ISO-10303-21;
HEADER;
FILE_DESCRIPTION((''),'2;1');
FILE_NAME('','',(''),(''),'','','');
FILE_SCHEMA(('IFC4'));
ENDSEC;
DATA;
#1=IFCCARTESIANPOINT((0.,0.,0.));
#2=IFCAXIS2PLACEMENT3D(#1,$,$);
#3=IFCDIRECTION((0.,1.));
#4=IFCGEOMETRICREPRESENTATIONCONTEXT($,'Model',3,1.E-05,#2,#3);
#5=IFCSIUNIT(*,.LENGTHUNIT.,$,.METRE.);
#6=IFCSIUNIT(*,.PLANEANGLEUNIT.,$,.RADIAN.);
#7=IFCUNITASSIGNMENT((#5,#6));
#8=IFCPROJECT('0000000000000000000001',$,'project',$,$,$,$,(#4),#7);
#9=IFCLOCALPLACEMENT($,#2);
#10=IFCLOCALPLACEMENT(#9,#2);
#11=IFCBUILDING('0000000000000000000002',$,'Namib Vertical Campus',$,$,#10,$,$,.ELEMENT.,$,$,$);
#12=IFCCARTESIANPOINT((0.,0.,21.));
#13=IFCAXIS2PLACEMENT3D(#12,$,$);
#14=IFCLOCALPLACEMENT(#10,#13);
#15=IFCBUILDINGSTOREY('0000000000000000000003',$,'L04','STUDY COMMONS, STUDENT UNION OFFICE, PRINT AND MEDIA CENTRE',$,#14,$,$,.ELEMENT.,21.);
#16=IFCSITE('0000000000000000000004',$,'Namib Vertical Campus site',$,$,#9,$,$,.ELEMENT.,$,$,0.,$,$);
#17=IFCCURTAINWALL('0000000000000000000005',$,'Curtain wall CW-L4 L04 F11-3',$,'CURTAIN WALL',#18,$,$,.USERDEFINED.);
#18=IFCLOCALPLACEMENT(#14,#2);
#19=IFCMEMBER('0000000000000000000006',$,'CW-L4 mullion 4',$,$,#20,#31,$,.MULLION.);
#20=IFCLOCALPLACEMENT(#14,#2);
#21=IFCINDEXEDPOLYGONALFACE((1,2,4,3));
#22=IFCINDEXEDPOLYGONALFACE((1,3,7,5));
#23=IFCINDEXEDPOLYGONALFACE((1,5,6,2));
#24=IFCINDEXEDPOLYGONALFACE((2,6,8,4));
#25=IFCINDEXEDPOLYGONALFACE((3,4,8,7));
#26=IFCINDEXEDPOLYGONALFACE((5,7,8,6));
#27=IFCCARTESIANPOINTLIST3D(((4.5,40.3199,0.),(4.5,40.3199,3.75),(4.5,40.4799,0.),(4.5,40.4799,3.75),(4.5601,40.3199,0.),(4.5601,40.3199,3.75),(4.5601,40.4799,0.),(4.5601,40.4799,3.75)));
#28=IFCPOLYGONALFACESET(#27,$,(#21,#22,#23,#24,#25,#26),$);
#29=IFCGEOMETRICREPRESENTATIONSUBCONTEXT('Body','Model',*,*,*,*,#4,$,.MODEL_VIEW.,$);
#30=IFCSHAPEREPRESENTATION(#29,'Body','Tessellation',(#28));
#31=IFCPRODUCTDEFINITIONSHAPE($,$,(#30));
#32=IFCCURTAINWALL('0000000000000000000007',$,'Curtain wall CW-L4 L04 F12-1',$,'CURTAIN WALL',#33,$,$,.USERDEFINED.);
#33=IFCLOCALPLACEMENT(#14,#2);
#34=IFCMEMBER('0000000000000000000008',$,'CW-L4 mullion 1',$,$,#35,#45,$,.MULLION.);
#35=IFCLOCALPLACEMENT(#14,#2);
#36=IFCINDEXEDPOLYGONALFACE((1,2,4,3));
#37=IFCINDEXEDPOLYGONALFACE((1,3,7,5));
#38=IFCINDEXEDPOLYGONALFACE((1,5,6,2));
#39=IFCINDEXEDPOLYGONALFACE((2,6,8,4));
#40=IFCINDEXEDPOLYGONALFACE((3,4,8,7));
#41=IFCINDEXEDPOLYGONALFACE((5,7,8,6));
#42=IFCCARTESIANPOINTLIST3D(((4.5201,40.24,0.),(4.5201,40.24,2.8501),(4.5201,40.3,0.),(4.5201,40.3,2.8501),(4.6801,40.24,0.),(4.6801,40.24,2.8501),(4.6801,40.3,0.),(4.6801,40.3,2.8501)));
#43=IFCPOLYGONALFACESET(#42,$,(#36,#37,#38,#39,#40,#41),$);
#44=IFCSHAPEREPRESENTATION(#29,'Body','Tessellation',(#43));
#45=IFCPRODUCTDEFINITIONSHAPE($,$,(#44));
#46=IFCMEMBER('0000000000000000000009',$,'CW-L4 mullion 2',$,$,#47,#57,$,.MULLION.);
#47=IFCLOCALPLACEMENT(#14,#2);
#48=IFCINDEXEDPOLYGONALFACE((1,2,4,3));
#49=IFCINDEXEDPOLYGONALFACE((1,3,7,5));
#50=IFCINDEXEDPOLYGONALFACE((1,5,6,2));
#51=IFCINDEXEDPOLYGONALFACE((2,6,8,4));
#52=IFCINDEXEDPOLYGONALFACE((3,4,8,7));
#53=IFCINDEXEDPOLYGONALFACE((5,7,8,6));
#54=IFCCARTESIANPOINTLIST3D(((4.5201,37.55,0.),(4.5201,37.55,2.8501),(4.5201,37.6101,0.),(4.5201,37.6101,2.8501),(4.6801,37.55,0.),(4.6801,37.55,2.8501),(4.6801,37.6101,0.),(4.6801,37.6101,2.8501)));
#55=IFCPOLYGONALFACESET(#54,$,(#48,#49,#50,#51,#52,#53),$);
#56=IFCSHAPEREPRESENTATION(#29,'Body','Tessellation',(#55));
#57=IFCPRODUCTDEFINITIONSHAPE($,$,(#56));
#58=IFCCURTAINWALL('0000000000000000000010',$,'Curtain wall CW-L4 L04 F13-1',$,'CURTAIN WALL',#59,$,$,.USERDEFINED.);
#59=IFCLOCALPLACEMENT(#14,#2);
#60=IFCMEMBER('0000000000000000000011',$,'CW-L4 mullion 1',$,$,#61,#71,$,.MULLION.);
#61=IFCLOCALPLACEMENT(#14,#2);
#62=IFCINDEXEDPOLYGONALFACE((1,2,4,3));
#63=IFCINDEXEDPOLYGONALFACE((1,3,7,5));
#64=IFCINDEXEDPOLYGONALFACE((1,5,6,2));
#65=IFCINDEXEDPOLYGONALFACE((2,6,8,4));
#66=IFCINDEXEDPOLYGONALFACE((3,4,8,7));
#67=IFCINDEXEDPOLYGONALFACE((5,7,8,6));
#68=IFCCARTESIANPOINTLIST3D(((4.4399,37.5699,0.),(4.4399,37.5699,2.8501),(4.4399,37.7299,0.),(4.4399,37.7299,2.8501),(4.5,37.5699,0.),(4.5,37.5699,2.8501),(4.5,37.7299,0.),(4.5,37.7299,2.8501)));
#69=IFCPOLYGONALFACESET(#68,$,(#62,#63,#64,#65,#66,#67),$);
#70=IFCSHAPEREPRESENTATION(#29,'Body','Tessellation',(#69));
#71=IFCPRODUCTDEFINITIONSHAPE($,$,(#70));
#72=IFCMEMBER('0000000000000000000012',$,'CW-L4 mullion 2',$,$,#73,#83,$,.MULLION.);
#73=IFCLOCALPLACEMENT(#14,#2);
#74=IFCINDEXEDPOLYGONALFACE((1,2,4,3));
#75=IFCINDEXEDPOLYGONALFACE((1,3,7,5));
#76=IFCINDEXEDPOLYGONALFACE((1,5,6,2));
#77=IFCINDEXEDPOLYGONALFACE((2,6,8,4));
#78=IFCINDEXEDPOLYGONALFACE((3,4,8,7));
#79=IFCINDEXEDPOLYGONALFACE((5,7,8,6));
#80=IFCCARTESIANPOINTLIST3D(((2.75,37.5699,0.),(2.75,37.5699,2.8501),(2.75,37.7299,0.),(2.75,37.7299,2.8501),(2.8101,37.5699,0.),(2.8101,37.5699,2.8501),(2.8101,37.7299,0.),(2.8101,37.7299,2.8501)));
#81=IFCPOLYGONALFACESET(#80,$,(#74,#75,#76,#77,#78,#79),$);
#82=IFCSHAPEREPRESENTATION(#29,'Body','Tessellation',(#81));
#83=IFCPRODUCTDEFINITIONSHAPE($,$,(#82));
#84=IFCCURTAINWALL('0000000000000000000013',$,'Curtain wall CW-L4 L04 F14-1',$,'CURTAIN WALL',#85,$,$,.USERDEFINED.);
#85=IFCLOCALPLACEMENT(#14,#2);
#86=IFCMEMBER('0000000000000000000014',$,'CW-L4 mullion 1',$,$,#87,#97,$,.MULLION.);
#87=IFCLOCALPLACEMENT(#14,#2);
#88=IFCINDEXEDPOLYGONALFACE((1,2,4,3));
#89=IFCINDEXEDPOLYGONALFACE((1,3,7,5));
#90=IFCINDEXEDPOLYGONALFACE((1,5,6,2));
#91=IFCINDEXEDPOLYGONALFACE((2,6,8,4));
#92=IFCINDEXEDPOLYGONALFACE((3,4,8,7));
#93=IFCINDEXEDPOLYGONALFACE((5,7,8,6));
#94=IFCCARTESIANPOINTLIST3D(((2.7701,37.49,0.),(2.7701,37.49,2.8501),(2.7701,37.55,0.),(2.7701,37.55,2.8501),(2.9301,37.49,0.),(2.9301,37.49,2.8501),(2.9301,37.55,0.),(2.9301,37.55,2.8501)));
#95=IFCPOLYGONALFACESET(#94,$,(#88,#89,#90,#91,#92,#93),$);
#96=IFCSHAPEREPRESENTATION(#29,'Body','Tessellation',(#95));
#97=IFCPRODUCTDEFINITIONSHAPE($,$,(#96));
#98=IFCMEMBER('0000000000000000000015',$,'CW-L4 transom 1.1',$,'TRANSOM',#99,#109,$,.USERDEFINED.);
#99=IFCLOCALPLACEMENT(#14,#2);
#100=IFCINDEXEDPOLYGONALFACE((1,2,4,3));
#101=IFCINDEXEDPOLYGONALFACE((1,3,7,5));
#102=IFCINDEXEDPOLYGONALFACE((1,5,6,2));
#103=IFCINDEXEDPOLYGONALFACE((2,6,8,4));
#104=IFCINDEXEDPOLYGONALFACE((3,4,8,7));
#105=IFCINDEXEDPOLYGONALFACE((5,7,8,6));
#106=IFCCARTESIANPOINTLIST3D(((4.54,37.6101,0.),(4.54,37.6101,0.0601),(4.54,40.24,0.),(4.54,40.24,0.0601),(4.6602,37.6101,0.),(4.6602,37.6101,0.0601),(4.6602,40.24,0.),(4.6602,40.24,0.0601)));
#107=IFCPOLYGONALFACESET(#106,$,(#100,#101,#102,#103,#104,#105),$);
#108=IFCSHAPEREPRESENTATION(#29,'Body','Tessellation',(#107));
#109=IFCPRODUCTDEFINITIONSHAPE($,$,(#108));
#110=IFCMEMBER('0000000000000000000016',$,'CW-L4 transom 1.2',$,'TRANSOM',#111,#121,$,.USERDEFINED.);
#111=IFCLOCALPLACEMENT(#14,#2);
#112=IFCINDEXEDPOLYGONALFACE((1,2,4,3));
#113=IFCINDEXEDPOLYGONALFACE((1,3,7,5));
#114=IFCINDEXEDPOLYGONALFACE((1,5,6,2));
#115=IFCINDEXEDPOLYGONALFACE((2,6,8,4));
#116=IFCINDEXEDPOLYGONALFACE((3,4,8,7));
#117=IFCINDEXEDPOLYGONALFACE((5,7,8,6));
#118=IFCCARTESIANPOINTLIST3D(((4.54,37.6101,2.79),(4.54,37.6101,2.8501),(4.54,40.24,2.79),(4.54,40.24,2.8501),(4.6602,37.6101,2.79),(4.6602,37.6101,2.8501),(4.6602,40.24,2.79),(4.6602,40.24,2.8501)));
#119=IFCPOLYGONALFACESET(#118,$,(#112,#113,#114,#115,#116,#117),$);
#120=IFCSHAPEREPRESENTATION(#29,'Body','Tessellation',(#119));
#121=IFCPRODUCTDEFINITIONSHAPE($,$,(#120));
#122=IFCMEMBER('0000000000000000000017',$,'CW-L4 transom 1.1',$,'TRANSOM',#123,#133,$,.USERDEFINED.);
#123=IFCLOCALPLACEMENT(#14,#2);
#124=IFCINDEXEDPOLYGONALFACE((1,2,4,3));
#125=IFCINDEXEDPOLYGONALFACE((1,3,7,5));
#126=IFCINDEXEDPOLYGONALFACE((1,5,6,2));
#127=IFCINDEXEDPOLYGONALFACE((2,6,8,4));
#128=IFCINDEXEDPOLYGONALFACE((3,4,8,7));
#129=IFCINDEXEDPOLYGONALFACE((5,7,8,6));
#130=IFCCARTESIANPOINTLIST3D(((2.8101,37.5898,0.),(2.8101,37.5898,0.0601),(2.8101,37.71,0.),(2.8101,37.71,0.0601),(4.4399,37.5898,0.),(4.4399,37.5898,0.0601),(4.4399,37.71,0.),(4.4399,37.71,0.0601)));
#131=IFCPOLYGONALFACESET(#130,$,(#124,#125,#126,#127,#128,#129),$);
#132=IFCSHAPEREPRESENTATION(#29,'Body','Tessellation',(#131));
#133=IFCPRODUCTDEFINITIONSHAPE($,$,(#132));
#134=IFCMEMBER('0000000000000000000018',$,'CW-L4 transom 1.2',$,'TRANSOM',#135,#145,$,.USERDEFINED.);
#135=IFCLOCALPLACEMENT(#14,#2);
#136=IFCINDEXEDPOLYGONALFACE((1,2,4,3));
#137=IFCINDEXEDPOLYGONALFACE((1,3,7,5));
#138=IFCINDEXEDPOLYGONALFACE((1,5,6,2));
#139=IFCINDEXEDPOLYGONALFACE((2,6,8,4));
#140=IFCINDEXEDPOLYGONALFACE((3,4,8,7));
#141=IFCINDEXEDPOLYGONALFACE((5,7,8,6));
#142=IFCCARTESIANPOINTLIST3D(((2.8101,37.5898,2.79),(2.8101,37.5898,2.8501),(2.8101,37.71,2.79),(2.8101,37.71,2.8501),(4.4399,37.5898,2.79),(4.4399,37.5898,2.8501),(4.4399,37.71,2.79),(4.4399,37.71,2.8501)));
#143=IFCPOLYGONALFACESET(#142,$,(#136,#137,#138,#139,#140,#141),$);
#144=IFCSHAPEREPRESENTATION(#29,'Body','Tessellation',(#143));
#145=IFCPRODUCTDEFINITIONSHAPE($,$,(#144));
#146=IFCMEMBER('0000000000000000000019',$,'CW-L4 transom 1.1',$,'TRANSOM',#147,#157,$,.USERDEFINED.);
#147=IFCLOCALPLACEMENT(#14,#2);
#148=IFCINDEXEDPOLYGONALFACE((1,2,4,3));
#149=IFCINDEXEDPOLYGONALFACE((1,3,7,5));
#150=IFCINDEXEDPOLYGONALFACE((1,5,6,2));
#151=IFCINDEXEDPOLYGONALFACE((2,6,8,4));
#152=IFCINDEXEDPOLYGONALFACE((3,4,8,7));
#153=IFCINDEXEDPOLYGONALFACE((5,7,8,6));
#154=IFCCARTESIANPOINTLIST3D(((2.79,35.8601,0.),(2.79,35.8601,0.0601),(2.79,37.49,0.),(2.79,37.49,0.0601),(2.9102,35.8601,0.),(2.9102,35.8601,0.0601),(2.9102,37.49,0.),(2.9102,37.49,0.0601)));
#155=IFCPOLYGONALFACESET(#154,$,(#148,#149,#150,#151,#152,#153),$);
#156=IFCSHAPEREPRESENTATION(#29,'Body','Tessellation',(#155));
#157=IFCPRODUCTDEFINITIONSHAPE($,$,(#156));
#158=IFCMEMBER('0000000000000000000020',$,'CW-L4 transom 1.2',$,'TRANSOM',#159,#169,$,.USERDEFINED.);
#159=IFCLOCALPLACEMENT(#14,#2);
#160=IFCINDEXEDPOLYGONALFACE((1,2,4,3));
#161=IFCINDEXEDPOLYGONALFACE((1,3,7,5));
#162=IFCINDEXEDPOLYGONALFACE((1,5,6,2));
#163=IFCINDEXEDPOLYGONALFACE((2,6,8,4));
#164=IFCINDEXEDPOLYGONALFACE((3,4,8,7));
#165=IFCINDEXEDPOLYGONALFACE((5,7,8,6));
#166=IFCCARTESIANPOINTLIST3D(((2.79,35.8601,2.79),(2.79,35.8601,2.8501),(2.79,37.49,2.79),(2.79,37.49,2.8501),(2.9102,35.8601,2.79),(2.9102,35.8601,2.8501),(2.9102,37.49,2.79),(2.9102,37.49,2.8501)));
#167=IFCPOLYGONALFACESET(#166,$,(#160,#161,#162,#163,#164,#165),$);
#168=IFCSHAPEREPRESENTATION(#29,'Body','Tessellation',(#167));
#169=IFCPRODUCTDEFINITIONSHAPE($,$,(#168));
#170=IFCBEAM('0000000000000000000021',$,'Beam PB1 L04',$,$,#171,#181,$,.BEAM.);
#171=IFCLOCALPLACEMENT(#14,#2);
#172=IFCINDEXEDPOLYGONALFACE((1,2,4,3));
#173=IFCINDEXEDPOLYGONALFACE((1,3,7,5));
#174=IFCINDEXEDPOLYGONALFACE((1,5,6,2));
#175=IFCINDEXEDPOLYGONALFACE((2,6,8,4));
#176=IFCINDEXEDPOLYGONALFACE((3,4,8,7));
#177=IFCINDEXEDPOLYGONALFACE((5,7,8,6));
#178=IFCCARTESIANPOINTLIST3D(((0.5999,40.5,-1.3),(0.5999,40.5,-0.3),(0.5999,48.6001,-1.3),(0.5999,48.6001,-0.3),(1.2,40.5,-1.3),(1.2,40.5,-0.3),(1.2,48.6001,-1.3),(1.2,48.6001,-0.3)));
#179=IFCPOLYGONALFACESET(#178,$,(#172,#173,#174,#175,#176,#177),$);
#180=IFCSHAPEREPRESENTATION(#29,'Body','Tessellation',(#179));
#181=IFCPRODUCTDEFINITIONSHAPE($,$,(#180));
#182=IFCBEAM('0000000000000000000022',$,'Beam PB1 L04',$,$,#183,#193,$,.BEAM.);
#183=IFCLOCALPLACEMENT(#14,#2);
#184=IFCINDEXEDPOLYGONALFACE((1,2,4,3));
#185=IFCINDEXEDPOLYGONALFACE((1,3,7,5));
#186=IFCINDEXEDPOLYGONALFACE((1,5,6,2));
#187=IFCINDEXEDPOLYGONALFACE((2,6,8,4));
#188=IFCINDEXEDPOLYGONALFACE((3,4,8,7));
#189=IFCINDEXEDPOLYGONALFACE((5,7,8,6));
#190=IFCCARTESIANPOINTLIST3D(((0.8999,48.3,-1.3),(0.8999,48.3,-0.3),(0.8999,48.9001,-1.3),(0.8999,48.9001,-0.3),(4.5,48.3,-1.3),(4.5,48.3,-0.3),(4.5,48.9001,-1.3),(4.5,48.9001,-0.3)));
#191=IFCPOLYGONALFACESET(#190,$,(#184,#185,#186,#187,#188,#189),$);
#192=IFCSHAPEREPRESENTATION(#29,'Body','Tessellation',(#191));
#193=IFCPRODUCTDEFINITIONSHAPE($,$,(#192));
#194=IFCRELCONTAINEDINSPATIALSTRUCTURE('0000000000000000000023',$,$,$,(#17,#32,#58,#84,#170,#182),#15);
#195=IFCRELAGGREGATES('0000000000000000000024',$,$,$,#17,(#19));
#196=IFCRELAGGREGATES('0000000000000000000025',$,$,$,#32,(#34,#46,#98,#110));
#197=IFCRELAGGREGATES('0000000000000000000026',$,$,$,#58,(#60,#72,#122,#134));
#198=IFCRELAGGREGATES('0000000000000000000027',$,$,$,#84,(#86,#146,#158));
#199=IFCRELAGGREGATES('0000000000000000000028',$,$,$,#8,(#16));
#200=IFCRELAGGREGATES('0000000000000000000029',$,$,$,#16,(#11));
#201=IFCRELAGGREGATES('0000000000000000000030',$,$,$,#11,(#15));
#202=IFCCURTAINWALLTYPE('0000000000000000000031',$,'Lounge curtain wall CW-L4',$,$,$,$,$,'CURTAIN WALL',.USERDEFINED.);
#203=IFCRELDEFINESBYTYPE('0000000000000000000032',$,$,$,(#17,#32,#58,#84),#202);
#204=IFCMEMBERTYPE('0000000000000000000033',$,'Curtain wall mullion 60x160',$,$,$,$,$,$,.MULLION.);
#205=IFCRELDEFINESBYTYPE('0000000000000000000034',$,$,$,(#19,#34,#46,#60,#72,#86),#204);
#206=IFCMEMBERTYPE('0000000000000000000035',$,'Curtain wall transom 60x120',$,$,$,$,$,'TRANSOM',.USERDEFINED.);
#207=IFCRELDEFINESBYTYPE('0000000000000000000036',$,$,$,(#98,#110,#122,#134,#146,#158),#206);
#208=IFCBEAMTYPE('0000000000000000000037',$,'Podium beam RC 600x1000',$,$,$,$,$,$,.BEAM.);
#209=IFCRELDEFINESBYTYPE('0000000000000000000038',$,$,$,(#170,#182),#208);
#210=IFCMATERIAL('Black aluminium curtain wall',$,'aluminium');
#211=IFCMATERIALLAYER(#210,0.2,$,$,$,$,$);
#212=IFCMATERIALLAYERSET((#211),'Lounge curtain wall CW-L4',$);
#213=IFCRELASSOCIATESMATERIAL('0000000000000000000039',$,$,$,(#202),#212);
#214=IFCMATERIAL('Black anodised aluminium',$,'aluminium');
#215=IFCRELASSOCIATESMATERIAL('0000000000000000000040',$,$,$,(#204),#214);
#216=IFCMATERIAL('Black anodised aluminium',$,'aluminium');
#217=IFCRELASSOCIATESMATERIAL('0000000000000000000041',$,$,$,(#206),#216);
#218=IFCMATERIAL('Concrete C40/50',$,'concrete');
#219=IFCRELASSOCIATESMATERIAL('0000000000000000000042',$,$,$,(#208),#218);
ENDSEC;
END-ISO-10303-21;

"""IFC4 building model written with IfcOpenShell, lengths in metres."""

from ifc_helpers import new_model, si_unit, direction, frame, origin, origin_2d, place, context, subcontext, project, spatial, rectangle, extrude, material, layer, layer_set, material_profile, profile_set, type_object, element, aggregate, save


model = new_model("IFC4")

# Units and contexts
model_context = context("Model", 3, precision=1e-05, world=origin(), true_north=direction((0.0, 1.0)))
body_context = subcontext(model_context, "Body", "Model", "MODEL_VIEW")
ifc_project = project(units=[si_unit("LENGTHUNIT", "METRE"), si_unit("PLANEANGLEUNIT", "RADIAN")], contexts=[model_context])

# Site, building, storey
site_placement = place(None, origin())
site = spatial("IfcSite", under=ifc_project, at=site_placement, Name="Namib Vertical Campus site", CompositionType="ELEMENT", RefElevation=0.0)
building_placement = place(site_placement, origin())
building = spatial("IfcBuilding", under=site, at=building_placement, Name="Namib Vertical Campus", CompositionType="ELEMENT")
storey_placement = place(building_placement, frame((0.0, 0.0, 21.0)))
storey = spatial("IfcBuildingStorey", under=building, at=storey_placement, Name="L04", Description="STUDY COMMONS, STUDENT UNION OFFICE, PRINT AND MEDIA CENTRE", CompositionType="ELEMENT", Elevation=21.0)

# Curtain wall, member
ifc_material_1 = material(Name="Black aluminium curtain wall", Category="aluminium")
ifc_layer_1 = layer(ifc_material_1, 0.2)
ifc_layer_set_1 = layer_set([ifc_layer_1], Name="Lounge curtain wall CW-L4")
curtain_wall_type = type_object("IfcCurtainWallType", Name="Lounge curtain wall CW-L4", ElementType="CURTAIN WALL", PredefinedType="USERDEFINED", material=ifc_layer_set_1)
curtain_wall_1_placement = place(storey_placement, origin())
curtain_wall_1 = element("IfcCurtainWall", 1, at=curtain_wall_1_placement, inside=storey, type_object=curtain_wall_type, Name="Curtain wall CW-L4 L04 F11-3", ObjectType="CURTAIN WALL", PredefinedType="USERDEFINED")
ifc_material_2 = material(Name="Black anodised aluminium", Category="aluminium")
ifc_material_profile_1 = material_profile(ifc_material_2, rectangle(XDim=0.0601, YDim=0.1599, at=origin_2d()))
ifc_profile_set_1 = profile_set([ifc_material_profile_1], Name="Black anodised aluminium")
member_type_1 = type_object("IfcMemberType", Name="Curtain wall mullion 60x160", PredefinedType="MULLION", material=ifc_profile_set_1)
member_1_placement = place(storey_placement, frame((4.53, 40.3999, 0.0), z_axis=(0.0, 0.0, 1.0), x_axis=(-1.0, 0.0, 0.0)))
member_1 = element("IfcMember", 2, at=member_1_placement, type_object=member_type_1, Name="CW-L4 mullion 4", PredefinedType="MULLION", context=body_context, shape_type="SweptSolid", body=[
    extrude(rectangle(XDim=0.0601, YDim=0.1599, at=origin_2d()), origin(), (0.0, 0.0, 1.0), 3.75),
])
aggregate(curtain_wall_1, [member_1])

# Curtain walls, members
curtain_wall_2_placement = place(storey_placement, origin())
curtain_wall_2 = element("IfcCurtainWall", 3, at=curtain_wall_2_placement, inside=storey, type_object=curtain_wall_type, Name="Curtain wall CW-L4 L04 F12-1", ObjectType="CURTAIN WALL", PredefinedType="USERDEFINED")
member_2_placement = place(storey_placement, frame((4.6001, 40.27, 0.0), z_axis=(0.0, 0.0, 1.0), x_axis=(0.0, -1.0, 0.0)))
member_2 = element("IfcMember", 4, at=member_2_placement, type_object=member_type_1, Name="CW-L4 mullion 1", PredefinedType="MULLION", context=body_context, shape_type="SweptSolid", body=[
    extrude(rectangle(XDim=0.0601, YDim=0.1599, at=origin_2d()), origin(), (0.0, 0.0, 1.0), 2.8501),
])
member_3_placement = place(storey_placement, frame((4.6001, 37.5801, 0.0), z_axis=(0.0, 0.0, 1.0), x_axis=(0.0, -1.0, 0.0)))
member_3 = element("IfcMember", 5, at=member_3_placement, type_object=member_type_1, Name="CW-L4 mullion 2", PredefinedType="MULLION", context=body_context, shape_type="SweptSolid", body=[
    extrude(rectangle(XDim=0.0601, YDim=0.1599, at=origin_2d()), origin(), (0.0, 0.0, 1.0), 2.8501),
])
curtain_wall_3_placement = place(storey_placement, origin())
curtain_wall_3 = element("IfcCurtainWall", 6, at=curtain_wall_3_placement, inside=storey, type_object=curtain_wall_type, Name="Curtain wall CW-L4 L04 F13-1", ObjectType="CURTAIN WALL", PredefinedType="USERDEFINED")
member_4_placement = place(storey_placement, frame((4.47, 37.6499, 0.0), z_axis=(0.0, 0.0, 1.0), x_axis=(-1.0, 0.0, 0.0)))
member_4 = element("IfcMember", 7, at=member_4_placement, type_object=member_type_1, Name="CW-L4 mullion 1", PredefinedType="MULLION", context=body_context, shape_type="SweptSolid", body=[
    extrude(rectangle(XDim=0.0601, YDim=0.1599, at=origin_2d()), origin(), (0.0, 0.0, 1.0), 2.8501),
])
member_5_placement = place(storey_placement, frame((2.78, 37.6499, 0.0), z_axis=(0.0, 0.0, 1.0), x_axis=(-1.0, 0.0, 0.0)))
member_5 = element("IfcMember", 8, at=member_5_placement, type_object=member_type_1, Name="CW-L4 mullion 2", PredefinedType="MULLION", context=body_context, shape_type="SweptSolid", body=[
    extrude(rectangle(XDim=0.0601, YDim=0.1599, at=origin_2d()), origin(), (0.0, 0.0, 1.0), 2.8501),
])

# Curtain wall, member
curtain_wall_4_placement = place(storey_placement, origin())
curtain_wall_4 = element("IfcCurtainWall", 9, at=curtain_wall_4_placement, inside=storey, type_object=curtain_wall_type, Name="Curtain wall CW-L4 L04 F14-1", ObjectType="CURTAIN WALL", PredefinedType="USERDEFINED")
member_6_placement = place(storey_placement, frame((2.8501, 37.52, 0.0), z_axis=(0.0, 0.0, 1.0), x_axis=(0.0, -1.0, 0.0)))
member_6 = element("IfcMember", 10, at=member_6_placement, type_object=member_type_1, Name="CW-L4 mullion 1", PredefinedType="MULLION", context=body_context, shape_type="SweptSolid", body=[
    extrude(rectangle(XDim=0.0601, YDim=0.1599, at=origin_2d()), origin(), (0.0, 0.0, 1.0), 2.8501),
])

# Members
ifc_material_3 = material(Name="Black anodised aluminium", Category="aluminium")
ifc_material_profile_2 = material_profile(ifc_material_3, rectangle(XDim=0.0601, YDim=0.1201, at=origin_2d()))
ifc_profile_set_2 = profile_set([ifc_material_profile_2], Name="Black anodised aluminium")
member_type_2 = type_object("IfcMemberType", Name="Curtain wall transom 60x120", ElementType="TRANSOM", PredefinedType="USERDEFINED", material=ifc_profile_set_2)
member_7_placement = place(storey_placement, frame((4.6001, 40.24, 0.03), z_axis=(0.0, -1.0, 0.0), x_axis=(0.0, 0.0, 1.0)))
member_7 = element("IfcMember", 11, at=member_7_placement, type_object=member_type_2, Name="CW-L4 transom 1.1", ObjectType="TRANSOM", PredefinedType="USERDEFINED", context=body_context, shape_type="SweptSolid", body=[
    extrude(rectangle(XDim=0.0601, YDim=0.1201, at=origin_2d()), origin(), (0.0, 0.0, 1.0), 2.6299),
])
member_8_placement = place(storey_placement, frame((4.6001, 40.24, 2.8201), z_axis=(0.0, -1.0, 0.0), x_axis=(0.0, 0.0, 1.0)))
member_8 = element("IfcMember", 12, at=member_8_placement, type_object=member_type_2, Name="CW-L4 transom 1.2", ObjectType="TRANSOM", PredefinedType="USERDEFINED", context=body_context, shape_type="SweptSolid", body=[
    extrude(rectangle(XDim=0.0601, YDim=0.1201, at=origin_2d()), origin(), (0.0, 0.0, 1.0), 2.6299),
])
member_9_placement = place(storey_placement, frame((4.4399, 37.6499, 0.03), z_axis=(-1.0, 0.0, 0.0), x_axis=(0.0, 0.0, 1.0)))
member_9 = element("IfcMember", 13, at=member_9_placement, type_object=member_type_2, Name="CW-L4 transom 1.1", ObjectType="TRANSOM", PredefinedType="USERDEFINED", context=body_context, shape_type="SweptSolid", body=[
    extrude(rectangle(XDim=0.0601, YDim=0.1201, at=origin_2d()), origin(), (0.0, 0.0, 1.0), 1.6299),
])
member_10_placement = place(storey_placement, frame((4.4399, 37.6499, 2.8201), z_axis=(-1.0, 0.0, 0.0), x_axis=(0.0, 0.0, 1.0)))
member_10 = element("IfcMember", 14, at=member_10_placement, type_object=member_type_2, Name="CW-L4 transom 1.2", ObjectType="TRANSOM", PredefinedType="USERDEFINED", context=body_context, shape_type="SweptSolid", body=[
    extrude(rectangle(XDim=0.0601, YDim=0.1201, at=origin_2d()), origin(), (0.0, 0.0, 1.0), 1.6299),
])
member_11_placement = place(storey_placement, frame((2.8501, 37.49, 0.03), z_axis=(0.0, -1.0, 0.0), x_axis=(0.0, 0.0, 1.0)))
member_11 = element("IfcMember", 15, at=member_11_placement, type_object=member_type_2, Name="CW-L4 transom 1.1", ObjectType="TRANSOM", PredefinedType="USERDEFINED", context=body_context, shape_type="SweptSolid", body=[
    extrude(rectangle(XDim=0.0601, YDim=0.1201, at=origin_2d()), origin(), (0.0, 0.0, 1.0), 1.6299),
])
member_12_placement = place(storey_placement, frame((2.8501, 37.49, 2.8201), z_axis=(0.0, -1.0, 0.0), x_axis=(0.0, 0.0, 1.0)))
member_12 = element("IfcMember", 16, at=member_12_placement, type_object=member_type_2, Name="CW-L4 transom 1.2", ObjectType="TRANSOM", PredefinedType="USERDEFINED", context=body_context, shape_type="SweptSolid", body=[
    extrude(rectangle(XDim=0.0601, YDim=0.1201, at=origin_2d()), origin(), (0.0, 0.0, 1.0), 1.6299),
])

# Beams
ifc_material_4 = material(Name="Concrete C40/50", Category="concrete")
ifc_material_profile_3 = material_profile(ifc_material_4, rectangle(XDim=0.6001, YDim=1.0, at=origin_2d()))
ifc_profile_set_3 = profile_set([ifc_material_profile_3], Name="Concrete C40/50")
beam_type_1 = type_object("IfcBeamType", Name="Podium beam RC 600x1000", PredefinedType="BEAM", material=ifc_profile_set_3)
beam_1_placement = place(storey_placement, frame((0.8999, 40.5, -0.8), z_axis=(0.0, 1.0, 0.0), x_axis=(-1.0, 0.0, 0.0)))
element("IfcBeam", 17, at=beam_1_placement, inside=storey, type_object=beam_type_1, Name="Beam PB1 L04", PredefinedType="BEAM", context=body_context, shape_type="SweptSolid", body=[
    extrude(rectangle(XDim=0.6001, YDim=1.0, at=origin_2d()), origin(), (0.0, 0.0, 1.0), 8.1001),
])
beam_2_placement = place(storey_placement, frame((0.8999, 48.6001, -0.8), z_axis=(1.0, 0.0, 0.0), x_axis=(0.0, 1.0, 0.0)))
element("IfcBeam", 18, at=beam_2_placement, inside=storey, type_object=beam_type_1, Name="Beam PB1 L04", PredefinedType="BEAM", context=body_context, shape_type="SweptSolid", body=[
    extrude(rectangle(XDim=0.6001, YDim=1.0, at=origin_2d()), origin(), (0.0, 0.0, 1.0), 3.6001),
])

aggregate(curtain_wall_2, [member_2, member_3, member_7, member_8])
aggregate(curtain_wall_3, [member_4, member_5, member_9, member_10])
aggregate(curtain_wall_4, [member_6, member_11, member_12])

save(model, "model.ifc")
